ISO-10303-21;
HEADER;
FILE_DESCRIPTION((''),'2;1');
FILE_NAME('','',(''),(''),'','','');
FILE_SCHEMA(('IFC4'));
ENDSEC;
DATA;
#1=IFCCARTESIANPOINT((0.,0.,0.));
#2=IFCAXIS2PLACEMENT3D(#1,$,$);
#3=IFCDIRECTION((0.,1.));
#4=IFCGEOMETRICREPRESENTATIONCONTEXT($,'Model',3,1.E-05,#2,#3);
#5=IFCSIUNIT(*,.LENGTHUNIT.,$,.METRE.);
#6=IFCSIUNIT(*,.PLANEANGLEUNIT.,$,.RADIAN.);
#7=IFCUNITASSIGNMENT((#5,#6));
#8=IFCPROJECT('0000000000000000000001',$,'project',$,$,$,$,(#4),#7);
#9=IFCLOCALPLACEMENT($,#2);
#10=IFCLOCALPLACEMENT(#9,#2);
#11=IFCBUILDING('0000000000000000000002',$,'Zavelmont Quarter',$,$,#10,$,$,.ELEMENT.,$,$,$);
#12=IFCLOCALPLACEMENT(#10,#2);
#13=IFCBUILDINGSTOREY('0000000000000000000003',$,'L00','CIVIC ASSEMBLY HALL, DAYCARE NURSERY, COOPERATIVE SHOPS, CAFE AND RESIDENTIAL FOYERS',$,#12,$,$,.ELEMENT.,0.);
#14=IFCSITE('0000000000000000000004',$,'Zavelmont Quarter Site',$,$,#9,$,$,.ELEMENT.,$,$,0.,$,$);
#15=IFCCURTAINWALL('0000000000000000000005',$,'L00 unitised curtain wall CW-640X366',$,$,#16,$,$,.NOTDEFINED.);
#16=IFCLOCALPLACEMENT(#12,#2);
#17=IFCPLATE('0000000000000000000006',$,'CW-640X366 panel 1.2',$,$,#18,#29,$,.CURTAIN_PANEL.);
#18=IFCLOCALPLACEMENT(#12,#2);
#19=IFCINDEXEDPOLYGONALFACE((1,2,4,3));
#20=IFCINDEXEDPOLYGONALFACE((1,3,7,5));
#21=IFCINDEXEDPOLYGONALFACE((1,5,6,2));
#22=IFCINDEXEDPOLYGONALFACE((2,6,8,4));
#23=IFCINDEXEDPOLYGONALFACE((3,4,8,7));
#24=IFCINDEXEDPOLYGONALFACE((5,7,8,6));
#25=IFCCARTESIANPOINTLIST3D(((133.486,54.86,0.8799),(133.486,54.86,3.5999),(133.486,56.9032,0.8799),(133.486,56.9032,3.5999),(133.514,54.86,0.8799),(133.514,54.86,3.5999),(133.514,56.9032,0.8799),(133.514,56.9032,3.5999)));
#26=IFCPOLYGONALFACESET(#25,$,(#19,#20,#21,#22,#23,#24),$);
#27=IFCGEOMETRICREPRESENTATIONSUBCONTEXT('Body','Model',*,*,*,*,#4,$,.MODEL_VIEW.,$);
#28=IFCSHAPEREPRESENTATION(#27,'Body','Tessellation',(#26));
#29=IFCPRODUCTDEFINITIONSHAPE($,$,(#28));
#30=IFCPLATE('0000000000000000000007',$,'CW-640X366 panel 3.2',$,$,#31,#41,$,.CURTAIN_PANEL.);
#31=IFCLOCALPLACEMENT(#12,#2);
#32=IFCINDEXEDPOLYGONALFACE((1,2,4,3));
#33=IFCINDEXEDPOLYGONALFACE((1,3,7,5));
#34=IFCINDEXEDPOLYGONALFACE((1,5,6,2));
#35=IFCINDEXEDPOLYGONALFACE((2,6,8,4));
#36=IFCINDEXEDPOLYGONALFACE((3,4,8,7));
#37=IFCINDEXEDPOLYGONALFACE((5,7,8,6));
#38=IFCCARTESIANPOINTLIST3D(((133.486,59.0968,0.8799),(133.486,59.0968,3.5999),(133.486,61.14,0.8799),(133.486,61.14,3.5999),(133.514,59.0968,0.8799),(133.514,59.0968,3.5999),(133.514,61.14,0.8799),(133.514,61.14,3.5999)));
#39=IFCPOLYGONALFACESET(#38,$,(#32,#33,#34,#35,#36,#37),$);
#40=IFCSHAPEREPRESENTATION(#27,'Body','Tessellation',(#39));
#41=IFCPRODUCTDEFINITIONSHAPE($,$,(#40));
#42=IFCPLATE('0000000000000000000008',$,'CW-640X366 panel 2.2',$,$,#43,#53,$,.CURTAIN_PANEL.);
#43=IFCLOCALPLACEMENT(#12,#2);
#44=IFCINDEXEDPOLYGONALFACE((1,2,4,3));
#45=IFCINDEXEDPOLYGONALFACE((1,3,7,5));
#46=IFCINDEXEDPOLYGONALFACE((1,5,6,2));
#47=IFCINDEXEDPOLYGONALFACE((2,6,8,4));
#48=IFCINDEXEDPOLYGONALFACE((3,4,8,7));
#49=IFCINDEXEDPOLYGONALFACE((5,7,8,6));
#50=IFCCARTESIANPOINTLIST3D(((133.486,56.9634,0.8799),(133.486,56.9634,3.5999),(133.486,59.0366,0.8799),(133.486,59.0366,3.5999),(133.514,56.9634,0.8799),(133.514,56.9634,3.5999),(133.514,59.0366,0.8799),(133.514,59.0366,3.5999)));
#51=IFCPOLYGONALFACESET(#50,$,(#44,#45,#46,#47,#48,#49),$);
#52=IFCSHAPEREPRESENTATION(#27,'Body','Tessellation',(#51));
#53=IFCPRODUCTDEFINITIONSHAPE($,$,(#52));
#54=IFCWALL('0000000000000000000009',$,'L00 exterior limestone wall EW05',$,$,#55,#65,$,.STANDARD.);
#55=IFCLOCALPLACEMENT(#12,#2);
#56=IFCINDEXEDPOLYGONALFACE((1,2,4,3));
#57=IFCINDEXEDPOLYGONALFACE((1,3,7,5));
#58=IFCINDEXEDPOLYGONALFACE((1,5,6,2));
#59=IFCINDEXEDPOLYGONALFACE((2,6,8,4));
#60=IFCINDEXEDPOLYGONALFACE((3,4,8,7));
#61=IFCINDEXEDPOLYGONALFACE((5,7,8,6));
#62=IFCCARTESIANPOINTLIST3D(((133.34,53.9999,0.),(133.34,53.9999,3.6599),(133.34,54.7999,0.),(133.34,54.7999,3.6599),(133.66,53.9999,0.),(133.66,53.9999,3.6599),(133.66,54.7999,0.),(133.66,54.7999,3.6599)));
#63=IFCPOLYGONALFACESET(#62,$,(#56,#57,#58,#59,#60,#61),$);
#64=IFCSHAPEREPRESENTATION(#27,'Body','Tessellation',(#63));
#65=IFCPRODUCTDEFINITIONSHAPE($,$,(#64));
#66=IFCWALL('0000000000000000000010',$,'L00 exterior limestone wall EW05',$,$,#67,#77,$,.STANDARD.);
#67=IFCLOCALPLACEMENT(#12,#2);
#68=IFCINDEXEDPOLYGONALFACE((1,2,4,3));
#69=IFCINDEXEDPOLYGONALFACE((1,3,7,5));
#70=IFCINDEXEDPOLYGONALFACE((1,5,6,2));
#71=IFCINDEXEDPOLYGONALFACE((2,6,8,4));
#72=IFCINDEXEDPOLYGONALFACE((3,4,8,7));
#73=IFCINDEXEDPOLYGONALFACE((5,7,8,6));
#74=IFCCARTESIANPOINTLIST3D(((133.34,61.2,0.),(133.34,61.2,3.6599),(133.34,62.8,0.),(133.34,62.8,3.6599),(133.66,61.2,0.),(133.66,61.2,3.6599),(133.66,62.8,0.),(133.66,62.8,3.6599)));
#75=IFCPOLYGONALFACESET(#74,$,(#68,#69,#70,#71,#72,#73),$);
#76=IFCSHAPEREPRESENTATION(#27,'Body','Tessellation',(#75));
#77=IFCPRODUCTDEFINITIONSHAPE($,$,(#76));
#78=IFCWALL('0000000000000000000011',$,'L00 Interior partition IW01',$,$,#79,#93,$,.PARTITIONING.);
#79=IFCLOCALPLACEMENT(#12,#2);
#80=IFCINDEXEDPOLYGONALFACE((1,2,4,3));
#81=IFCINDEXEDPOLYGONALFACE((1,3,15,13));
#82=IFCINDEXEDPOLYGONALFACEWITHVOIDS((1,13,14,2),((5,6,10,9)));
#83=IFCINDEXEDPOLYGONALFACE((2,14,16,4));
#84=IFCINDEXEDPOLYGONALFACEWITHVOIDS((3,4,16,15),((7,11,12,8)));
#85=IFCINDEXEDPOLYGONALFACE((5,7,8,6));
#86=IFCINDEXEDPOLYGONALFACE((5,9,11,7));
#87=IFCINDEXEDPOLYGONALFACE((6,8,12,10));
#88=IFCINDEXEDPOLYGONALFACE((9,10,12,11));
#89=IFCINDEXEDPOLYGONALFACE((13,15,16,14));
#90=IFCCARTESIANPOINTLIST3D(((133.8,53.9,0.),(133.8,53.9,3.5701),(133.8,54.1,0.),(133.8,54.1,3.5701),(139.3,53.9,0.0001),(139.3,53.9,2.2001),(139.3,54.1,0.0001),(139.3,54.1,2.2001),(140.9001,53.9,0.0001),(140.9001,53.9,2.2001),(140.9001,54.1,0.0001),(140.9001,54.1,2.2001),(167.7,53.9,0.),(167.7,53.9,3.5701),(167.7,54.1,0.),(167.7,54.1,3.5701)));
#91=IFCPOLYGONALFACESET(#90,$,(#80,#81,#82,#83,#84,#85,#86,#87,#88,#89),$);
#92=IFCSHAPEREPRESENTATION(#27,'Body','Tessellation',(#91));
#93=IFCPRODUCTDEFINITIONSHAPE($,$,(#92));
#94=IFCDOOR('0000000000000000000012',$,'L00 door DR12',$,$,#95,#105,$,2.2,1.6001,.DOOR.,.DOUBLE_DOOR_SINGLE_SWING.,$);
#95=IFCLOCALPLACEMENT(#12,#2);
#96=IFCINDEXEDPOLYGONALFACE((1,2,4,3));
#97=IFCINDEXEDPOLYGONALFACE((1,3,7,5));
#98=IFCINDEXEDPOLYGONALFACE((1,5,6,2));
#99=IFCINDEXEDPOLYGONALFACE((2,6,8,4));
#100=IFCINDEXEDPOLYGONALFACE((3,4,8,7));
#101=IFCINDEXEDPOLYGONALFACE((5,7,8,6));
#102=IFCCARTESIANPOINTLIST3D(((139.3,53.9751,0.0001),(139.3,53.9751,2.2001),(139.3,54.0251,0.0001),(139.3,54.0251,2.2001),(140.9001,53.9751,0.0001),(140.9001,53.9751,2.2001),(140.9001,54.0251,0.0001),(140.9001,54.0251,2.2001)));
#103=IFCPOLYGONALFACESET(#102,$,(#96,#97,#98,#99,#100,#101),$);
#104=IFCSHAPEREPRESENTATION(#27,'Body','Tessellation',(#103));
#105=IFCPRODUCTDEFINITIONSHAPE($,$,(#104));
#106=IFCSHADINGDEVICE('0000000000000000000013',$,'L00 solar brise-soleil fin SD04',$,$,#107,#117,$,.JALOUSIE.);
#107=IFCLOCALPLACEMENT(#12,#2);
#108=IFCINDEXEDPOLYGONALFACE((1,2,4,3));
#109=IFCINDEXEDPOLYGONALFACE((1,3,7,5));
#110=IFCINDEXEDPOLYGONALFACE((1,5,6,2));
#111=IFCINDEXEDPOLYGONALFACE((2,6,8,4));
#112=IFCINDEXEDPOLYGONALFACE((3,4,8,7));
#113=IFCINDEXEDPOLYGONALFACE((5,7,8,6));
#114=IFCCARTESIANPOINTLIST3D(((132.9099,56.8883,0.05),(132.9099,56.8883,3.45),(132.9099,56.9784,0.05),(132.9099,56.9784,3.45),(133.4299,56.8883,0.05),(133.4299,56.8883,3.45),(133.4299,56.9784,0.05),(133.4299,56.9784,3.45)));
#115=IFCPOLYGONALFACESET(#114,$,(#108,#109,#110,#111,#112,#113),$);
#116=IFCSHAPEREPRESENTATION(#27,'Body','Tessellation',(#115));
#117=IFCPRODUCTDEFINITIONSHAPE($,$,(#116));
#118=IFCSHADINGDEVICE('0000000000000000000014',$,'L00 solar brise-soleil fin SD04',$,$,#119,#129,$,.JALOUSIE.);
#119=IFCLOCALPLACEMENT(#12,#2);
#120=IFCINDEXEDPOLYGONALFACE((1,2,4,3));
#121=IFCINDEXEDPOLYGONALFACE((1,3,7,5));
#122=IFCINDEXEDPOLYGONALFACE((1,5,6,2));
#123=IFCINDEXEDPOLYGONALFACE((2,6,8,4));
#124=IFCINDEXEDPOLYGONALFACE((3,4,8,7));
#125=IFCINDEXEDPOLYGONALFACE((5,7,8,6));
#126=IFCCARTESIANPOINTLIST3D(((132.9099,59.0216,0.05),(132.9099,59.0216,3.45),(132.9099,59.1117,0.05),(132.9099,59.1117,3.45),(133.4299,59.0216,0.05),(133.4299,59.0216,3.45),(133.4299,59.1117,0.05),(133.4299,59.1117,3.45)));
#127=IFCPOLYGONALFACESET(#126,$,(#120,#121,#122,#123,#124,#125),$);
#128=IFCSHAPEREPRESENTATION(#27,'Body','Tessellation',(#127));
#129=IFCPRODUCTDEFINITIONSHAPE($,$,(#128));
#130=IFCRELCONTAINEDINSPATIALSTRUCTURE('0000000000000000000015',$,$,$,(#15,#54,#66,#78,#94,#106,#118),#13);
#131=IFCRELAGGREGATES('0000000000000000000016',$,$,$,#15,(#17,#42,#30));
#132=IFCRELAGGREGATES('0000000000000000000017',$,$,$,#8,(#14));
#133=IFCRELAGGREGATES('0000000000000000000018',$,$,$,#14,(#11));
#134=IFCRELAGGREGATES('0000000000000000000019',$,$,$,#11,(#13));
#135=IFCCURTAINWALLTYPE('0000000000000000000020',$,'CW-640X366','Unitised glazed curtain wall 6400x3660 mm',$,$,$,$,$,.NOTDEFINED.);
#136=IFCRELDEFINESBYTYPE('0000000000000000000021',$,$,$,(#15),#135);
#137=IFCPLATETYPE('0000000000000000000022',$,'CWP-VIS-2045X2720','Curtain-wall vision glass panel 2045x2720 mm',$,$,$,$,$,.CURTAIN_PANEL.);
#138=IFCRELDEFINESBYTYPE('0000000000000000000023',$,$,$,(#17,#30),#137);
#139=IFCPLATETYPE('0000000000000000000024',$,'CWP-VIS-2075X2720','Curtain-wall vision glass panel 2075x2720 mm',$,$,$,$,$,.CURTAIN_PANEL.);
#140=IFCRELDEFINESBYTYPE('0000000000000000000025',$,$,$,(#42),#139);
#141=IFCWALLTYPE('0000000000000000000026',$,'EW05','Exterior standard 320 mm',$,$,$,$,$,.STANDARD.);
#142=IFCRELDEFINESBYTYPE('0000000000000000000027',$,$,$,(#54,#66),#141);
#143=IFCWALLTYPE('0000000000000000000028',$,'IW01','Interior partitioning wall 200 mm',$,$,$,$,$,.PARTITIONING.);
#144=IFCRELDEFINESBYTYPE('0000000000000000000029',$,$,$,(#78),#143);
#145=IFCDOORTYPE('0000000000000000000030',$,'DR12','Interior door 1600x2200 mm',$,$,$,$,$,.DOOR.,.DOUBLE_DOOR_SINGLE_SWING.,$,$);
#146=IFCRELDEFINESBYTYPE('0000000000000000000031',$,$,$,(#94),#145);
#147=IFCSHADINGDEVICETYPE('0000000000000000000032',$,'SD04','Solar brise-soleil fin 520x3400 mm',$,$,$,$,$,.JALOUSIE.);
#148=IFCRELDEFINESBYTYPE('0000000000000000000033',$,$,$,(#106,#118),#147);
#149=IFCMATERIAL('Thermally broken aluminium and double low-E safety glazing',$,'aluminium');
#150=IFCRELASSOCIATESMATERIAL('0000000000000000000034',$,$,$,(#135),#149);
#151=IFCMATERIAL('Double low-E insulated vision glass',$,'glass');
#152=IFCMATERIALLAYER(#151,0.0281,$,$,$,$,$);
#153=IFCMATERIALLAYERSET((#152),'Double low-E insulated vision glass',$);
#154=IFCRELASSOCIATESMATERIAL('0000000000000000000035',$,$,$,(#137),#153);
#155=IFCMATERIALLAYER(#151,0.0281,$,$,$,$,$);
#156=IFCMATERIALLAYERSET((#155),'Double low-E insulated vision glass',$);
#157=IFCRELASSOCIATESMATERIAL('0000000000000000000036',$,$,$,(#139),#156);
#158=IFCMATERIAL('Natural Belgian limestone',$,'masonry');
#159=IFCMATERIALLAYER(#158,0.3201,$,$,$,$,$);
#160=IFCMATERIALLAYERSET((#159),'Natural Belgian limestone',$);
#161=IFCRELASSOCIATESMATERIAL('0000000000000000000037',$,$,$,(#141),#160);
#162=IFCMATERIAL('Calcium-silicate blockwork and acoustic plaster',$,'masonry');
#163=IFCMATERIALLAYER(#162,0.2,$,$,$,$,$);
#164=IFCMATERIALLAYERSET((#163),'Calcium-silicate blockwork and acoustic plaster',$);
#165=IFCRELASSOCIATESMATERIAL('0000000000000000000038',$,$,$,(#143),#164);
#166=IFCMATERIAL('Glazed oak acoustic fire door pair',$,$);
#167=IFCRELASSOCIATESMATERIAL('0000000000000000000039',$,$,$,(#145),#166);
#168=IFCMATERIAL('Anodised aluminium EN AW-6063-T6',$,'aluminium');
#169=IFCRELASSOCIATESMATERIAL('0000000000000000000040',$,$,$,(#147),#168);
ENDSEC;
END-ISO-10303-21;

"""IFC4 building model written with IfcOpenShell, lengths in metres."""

from ifc_helpers import new_model, si_unit, direction, frame, frame_2d, origin, origin_2d, place, context, subcontext, project, spatial, rectangle, extrude, material, layer, layer_set, type_object, element, fill, aggregate, save


model = new_model("IFC4")

# Units and contexts
model_context = context("Model", 3, precision=1e-05, world=origin(), true_north=direction((0.0, 1.0)))
body_context = subcontext(model_context, "Body", "Model", "MODEL_VIEW")
ifc_project = project(units=[si_unit("LENGTHUNIT", "METRE"), si_unit("PLANEANGLEUNIT", "RADIAN")], contexts=[model_context])

# Site, building, storey
site_placement = place(None, origin())
site = spatial("IfcSite", under=ifc_project, at=site_placement, Name="Zavelmont Quarter Site", CompositionType="ELEMENT", RefElevation=0.0)
building_placement = place(site_placement, origin())
building = spatial("IfcBuilding", under=site, at=building_placement, Name="Zavelmont Quarter", CompositionType="ELEMENT")
storey_placement = place(building_placement, origin())
storey = spatial("IfcBuildingStorey", under=building, at=storey_placement, Name="L00", Description="CIVIC ASSEMBLY HALL, DAYCARE NURSERY, COOPERATIVE SHOPS, CAFE AND RESIDENTIAL FOYERS", CompositionType="ELEMENT", Elevation=0.0)

# Curtain wall, plates
ifc_material_1 = material(Name="Thermally broken aluminium and double low-E safety glazing", Category="aluminium")
curtain_wall_type = type_object("IfcCurtainWallType", Name="CW-640X366", Description="Unitised glazed curtain wall 6400x3660 mm", PredefinedType="NOTDEFINED", material=ifc_material_1)
curtain_wall_placement = place(storey_placement, origin())
curtain_wall = element("IfcCurtainWall", 1, at=curtain_wall_placement, inside=storey, type_object=curtain_wall_type, Name="L00 unitised curtain wall CW-640X366", PredefinedType="NOTDEFINED")
ifc_material_2 = material(Name="Double low-E insulated vision glass", Category="glass")
ifc_layer_1 = layer(ifc_material_2, 0.0281)
ifc_layer_set_1 = layer_set([ifc_layer_1], Name="Double low-E insulated vision glass")
plate_type_1 = type_object("IfcPlateType", Name="CWP-VIS-2045X2720", Description="Curtain-wall vision glass panel 2045x2720 mm", PredefinedType="CURTAIN_PANEL", material=ifc_layer_set_1)
plate_1_placement = place(storey_placement, frame((133.5, 55.8816, 0.8799), z_axis=(0.0, 0.0, 1.0), x_axis=(0.0, 1.0, 0.0)))
plate_1 = element("IfcPlate", 2, at=plate_1_placement, type_object=plate_type_1, Name="CW-640X366 panel 1.2", PredefinedType="CURTAIN_PANEL", context=body_context, shape_type="SweptSolid", body=[
    extrude(rectangle(XDim=2.0432, YDim=0.0281, at=origin_2d()), origin(), (0.0, 0.0, 1.0), 2.72),
])
plate_2_placement = place(storey_placement, frame((133.5, 60.1184, 0.8799), z_axis=(0.0, 0.0, 1.0), x_axis=(0.0, 1.0, 0.0)))
plate_2 = element("IfcPlate", 3, at=plate_2_placement, type_object=plate_type_1, Name="CW-640X366 panel 3.2", PredefinedType="CURTAIN_PANEL", context=body_context, shape_type="SweptSolid", body=[
    extrude(rectangle(XDim=2.0432, YDim=0.0281, at=origin_2d()), origin(), (0.0, 0.0, 1.0), 2.72),
])
ifc_layer_2 = layer(ifc_material_2, 0.0281)
ifc_layer_set_2 = layer_set([ifc_layer_2], Name="Double low-E insulated vision glass")
plate_type_2 = type_object("IfcPlateType", Name="CWP-VIS-2075X2720", Description="Curtain-wall vision glass panel 2075x2720 mm", PredefinedType="CURTAIN_PANEL", material=ifc_layer_set_2)
plate_3_placement = place(storey_placement, frame((133.5, 58.0, 0.8799), z_axis=(0.0, 0.0, 1.0), x_axis=(0.0, 1.0, 0.0)))
plate_3 = element("IfcPlate", 4, at=plate_3_placement, type_object=plate_type_2, Name="CW-640X366 panel 2.2", PredefinedType="CURTAIN_PANEL", context=body_context, shape_type="SweptSolid", body=[
    extrude(rectangle(XDim=2.0732, YDim=0.0281, at=origin_2d()), origin(), (0.0, 0.0, 1.0), 2.72),
])
aggregate(curtain_wall, [plate_1, plate_3, plate_2])

# Walls
ifc_material_3 = material(Name="Natural Belgian limestone", Category="masonry")
ifc_layer_3 = layer(ifc_material_3, 0.3201)
ifc_layer_set_3 = layer_set([ifc_layer_3], Name="Natural Belgian limestone")
wall_type_1 = type_object("IfcWallType", Name="EW05", Description="Exterior standard 320 mm", PredefinedType="STANDARD", material=ifc_layer_set_3)
wall_1_placement = place(storey_placement, frame((133.5, 54.0, 0.0), z_axis=(0.0, 0.0, 1.0), x_axis=(0.0, 1.0, 0.0)))
element("IfcWall", 5, at=wall_1_placement, inside=storey, type_object=wall_type_1, Name="L00 exterior limestone wall EW05", PredefinedType="STANDARD", context=body_context, shape_type="SweptSolid", body=[
    extrude(rectangle(XDim=0.8, YDim=0.3201, at=frame_2d((0.3999, 0.0))), origin(), (0.0, 0.0, 1.0), 3.6599),
])
wall_2_placement = place(storey_placement, frame((133.5, 61.2, 0.0), z_axis=(0.0, 0.0, 1.0), x_axis=(0.0, 1.0, 0.0)))
element("IfcWall", 6, at=wall_2_placement, inside=storey, type_object=wall_type_1, Name="L00 exterior limestone wall EW05", PredefinedType="STANDARD", context=body_context, shape_type="SweptSolid", body=[
    extrude(rectangle(XDim=1.6001, YDim=0.3201, at=frame_2d((0.8, 0.0))), origin(), (0.0, 0.0, 1.0), 3.6599),
])

# Wall, opening, door
ifc_material_4 = material(Name="Calcium-silicate blockwork and acoustic plaster", Category="masonry")
ifc_layer_4 = layer(ifc_material_4, 0.2)
ifc_layer_set_4 = layer_set([ifc_layer_4], Name="Calcium-silicate blockwork and acoustic plaster")
wall_type_2 = type_object("IfcWallType", Name="IW01", Description="Interior partitioning wall 200 mm", PredefinedType="PARTITIONING", material=ifc_layer_set_4)
wall_3_placement = place(storey_placement, frame((133.8, 54.0, 0.0), z_axis=(0.0, 0.0, 1.0), x_axis=(1.0, 0.0, 0.0)))
wall_3 = element("IfcWall", 7, at=wall_3_placement, inside=storey, type_object=wall_type_2, Name="L00 Interior partition IW01", PredefinedType="PARTITIONING", context=body_context, shape_type="SweptSolid", body=[
    extrude(rectangle(XDim=33.8999, YDim=0.2, at=frame_2d((16.95, 0.0))), origin(), (0.0, 0.0, 1.0), 3.5701),
])
opening_placement = place(wall_3_placement, frame((5.5, 0.0, 0.0)))
opening = element("IfcOpeningElement", 8, at=opening_placement, cuts=wall_3, PredefinedType="OPENING", context=body_context, shape_type="SweptSolid", body=[
    extrude(rectangle(XDim=1.6001, YDim=2.2, at=frame_2d((0.8, 1.1001))), frame((0.0, 0.1118, 0.0), z_axis=(0.0, -1.0, 0.0), x_axis=(1.0, 0.0, 0.0)), (0.0, 0.0, 1.0), 0.2239),
])
ifc_material_5 = material(Name="Glazed oak acoustic fire door pair")
door_type = type_object("IfcDoorType", Name="DR12", Description="Interior door 1600x2200 mm", OperationType="DOUBLE_DOOR_SINGLE_SWING", PredefinedType="DOOR", material=ifc_material_5)
door_placement = place(opening_placement, frame((1.6001, 0.0, 0.0), z_axis=(0.0, 0.0, 1.0), x_axis=(-1.0, 0.0, 0.0)))
door = element("IfcDoor", 9, at=door_placement, inside=storey, type_object=door_type, Name="L00 door DR12", OperationType="DOUBLE_DOOR_SINGLE_SWING", OverallHeight=2.2, OverallWidth=1.6001, PredefinedType="DOOR", context=body_context, shape_type="SweptSolid", body=[
    extrude(rectangle(XDim=1.6001, YDim=2.2, at=frame_2d((0.8, 1.1001))), frame((0.0, 0.0249, 0.0), z_axis=(0.0, -1.0, 0.0), x_axis=(1.0, 0.0, 0.0)), (0.0, 0.0, 1.0), 0.05),
])
fill(opening, door)

# Shading devices
ifc_material_6 = material(Name="Anodised aluminium EN AW-6063-T6", Category="aluminium")
shading_device_type = type_object("IfcShadingDeviceType", Name="SD04", Description="Solar brise-soleil fin 520x3400 mm", PredefinedType="JALOUSIE", material=ifc_material_6)
for number, where, z_axis, x_axis, name in (
    (10, (133.1699, 56.9333, 0.05), (0.0, 0.0, 1.0), (0.0, 1.0, 0.0), "L00 solar brise-soleil fin SD04"),
    (11, (133.1699, 59.0667, 0.05), (0.0, 0.0, 1.0), (0.0, 1.0, 0.0), "L00 solar brise-soleil fin SD04"),
):
    element("IfcShadingDevice", number, at=place(storey_placement, frame(where, z_axis=z_axis, x_axis=x_axis)), inside=storey, type_object=shading_device_type, Name=name, PredefinedType="JALOUSIE", context=body_context, shape_type="SweptSolid", body=[
        extrude(rectangle(XDim=0.0901, YDim=0.52, at=origin_2d()), origin(), (0.0, 0.0, 1.0), 3.3999),
    ])

save(model, "model.ifc")
